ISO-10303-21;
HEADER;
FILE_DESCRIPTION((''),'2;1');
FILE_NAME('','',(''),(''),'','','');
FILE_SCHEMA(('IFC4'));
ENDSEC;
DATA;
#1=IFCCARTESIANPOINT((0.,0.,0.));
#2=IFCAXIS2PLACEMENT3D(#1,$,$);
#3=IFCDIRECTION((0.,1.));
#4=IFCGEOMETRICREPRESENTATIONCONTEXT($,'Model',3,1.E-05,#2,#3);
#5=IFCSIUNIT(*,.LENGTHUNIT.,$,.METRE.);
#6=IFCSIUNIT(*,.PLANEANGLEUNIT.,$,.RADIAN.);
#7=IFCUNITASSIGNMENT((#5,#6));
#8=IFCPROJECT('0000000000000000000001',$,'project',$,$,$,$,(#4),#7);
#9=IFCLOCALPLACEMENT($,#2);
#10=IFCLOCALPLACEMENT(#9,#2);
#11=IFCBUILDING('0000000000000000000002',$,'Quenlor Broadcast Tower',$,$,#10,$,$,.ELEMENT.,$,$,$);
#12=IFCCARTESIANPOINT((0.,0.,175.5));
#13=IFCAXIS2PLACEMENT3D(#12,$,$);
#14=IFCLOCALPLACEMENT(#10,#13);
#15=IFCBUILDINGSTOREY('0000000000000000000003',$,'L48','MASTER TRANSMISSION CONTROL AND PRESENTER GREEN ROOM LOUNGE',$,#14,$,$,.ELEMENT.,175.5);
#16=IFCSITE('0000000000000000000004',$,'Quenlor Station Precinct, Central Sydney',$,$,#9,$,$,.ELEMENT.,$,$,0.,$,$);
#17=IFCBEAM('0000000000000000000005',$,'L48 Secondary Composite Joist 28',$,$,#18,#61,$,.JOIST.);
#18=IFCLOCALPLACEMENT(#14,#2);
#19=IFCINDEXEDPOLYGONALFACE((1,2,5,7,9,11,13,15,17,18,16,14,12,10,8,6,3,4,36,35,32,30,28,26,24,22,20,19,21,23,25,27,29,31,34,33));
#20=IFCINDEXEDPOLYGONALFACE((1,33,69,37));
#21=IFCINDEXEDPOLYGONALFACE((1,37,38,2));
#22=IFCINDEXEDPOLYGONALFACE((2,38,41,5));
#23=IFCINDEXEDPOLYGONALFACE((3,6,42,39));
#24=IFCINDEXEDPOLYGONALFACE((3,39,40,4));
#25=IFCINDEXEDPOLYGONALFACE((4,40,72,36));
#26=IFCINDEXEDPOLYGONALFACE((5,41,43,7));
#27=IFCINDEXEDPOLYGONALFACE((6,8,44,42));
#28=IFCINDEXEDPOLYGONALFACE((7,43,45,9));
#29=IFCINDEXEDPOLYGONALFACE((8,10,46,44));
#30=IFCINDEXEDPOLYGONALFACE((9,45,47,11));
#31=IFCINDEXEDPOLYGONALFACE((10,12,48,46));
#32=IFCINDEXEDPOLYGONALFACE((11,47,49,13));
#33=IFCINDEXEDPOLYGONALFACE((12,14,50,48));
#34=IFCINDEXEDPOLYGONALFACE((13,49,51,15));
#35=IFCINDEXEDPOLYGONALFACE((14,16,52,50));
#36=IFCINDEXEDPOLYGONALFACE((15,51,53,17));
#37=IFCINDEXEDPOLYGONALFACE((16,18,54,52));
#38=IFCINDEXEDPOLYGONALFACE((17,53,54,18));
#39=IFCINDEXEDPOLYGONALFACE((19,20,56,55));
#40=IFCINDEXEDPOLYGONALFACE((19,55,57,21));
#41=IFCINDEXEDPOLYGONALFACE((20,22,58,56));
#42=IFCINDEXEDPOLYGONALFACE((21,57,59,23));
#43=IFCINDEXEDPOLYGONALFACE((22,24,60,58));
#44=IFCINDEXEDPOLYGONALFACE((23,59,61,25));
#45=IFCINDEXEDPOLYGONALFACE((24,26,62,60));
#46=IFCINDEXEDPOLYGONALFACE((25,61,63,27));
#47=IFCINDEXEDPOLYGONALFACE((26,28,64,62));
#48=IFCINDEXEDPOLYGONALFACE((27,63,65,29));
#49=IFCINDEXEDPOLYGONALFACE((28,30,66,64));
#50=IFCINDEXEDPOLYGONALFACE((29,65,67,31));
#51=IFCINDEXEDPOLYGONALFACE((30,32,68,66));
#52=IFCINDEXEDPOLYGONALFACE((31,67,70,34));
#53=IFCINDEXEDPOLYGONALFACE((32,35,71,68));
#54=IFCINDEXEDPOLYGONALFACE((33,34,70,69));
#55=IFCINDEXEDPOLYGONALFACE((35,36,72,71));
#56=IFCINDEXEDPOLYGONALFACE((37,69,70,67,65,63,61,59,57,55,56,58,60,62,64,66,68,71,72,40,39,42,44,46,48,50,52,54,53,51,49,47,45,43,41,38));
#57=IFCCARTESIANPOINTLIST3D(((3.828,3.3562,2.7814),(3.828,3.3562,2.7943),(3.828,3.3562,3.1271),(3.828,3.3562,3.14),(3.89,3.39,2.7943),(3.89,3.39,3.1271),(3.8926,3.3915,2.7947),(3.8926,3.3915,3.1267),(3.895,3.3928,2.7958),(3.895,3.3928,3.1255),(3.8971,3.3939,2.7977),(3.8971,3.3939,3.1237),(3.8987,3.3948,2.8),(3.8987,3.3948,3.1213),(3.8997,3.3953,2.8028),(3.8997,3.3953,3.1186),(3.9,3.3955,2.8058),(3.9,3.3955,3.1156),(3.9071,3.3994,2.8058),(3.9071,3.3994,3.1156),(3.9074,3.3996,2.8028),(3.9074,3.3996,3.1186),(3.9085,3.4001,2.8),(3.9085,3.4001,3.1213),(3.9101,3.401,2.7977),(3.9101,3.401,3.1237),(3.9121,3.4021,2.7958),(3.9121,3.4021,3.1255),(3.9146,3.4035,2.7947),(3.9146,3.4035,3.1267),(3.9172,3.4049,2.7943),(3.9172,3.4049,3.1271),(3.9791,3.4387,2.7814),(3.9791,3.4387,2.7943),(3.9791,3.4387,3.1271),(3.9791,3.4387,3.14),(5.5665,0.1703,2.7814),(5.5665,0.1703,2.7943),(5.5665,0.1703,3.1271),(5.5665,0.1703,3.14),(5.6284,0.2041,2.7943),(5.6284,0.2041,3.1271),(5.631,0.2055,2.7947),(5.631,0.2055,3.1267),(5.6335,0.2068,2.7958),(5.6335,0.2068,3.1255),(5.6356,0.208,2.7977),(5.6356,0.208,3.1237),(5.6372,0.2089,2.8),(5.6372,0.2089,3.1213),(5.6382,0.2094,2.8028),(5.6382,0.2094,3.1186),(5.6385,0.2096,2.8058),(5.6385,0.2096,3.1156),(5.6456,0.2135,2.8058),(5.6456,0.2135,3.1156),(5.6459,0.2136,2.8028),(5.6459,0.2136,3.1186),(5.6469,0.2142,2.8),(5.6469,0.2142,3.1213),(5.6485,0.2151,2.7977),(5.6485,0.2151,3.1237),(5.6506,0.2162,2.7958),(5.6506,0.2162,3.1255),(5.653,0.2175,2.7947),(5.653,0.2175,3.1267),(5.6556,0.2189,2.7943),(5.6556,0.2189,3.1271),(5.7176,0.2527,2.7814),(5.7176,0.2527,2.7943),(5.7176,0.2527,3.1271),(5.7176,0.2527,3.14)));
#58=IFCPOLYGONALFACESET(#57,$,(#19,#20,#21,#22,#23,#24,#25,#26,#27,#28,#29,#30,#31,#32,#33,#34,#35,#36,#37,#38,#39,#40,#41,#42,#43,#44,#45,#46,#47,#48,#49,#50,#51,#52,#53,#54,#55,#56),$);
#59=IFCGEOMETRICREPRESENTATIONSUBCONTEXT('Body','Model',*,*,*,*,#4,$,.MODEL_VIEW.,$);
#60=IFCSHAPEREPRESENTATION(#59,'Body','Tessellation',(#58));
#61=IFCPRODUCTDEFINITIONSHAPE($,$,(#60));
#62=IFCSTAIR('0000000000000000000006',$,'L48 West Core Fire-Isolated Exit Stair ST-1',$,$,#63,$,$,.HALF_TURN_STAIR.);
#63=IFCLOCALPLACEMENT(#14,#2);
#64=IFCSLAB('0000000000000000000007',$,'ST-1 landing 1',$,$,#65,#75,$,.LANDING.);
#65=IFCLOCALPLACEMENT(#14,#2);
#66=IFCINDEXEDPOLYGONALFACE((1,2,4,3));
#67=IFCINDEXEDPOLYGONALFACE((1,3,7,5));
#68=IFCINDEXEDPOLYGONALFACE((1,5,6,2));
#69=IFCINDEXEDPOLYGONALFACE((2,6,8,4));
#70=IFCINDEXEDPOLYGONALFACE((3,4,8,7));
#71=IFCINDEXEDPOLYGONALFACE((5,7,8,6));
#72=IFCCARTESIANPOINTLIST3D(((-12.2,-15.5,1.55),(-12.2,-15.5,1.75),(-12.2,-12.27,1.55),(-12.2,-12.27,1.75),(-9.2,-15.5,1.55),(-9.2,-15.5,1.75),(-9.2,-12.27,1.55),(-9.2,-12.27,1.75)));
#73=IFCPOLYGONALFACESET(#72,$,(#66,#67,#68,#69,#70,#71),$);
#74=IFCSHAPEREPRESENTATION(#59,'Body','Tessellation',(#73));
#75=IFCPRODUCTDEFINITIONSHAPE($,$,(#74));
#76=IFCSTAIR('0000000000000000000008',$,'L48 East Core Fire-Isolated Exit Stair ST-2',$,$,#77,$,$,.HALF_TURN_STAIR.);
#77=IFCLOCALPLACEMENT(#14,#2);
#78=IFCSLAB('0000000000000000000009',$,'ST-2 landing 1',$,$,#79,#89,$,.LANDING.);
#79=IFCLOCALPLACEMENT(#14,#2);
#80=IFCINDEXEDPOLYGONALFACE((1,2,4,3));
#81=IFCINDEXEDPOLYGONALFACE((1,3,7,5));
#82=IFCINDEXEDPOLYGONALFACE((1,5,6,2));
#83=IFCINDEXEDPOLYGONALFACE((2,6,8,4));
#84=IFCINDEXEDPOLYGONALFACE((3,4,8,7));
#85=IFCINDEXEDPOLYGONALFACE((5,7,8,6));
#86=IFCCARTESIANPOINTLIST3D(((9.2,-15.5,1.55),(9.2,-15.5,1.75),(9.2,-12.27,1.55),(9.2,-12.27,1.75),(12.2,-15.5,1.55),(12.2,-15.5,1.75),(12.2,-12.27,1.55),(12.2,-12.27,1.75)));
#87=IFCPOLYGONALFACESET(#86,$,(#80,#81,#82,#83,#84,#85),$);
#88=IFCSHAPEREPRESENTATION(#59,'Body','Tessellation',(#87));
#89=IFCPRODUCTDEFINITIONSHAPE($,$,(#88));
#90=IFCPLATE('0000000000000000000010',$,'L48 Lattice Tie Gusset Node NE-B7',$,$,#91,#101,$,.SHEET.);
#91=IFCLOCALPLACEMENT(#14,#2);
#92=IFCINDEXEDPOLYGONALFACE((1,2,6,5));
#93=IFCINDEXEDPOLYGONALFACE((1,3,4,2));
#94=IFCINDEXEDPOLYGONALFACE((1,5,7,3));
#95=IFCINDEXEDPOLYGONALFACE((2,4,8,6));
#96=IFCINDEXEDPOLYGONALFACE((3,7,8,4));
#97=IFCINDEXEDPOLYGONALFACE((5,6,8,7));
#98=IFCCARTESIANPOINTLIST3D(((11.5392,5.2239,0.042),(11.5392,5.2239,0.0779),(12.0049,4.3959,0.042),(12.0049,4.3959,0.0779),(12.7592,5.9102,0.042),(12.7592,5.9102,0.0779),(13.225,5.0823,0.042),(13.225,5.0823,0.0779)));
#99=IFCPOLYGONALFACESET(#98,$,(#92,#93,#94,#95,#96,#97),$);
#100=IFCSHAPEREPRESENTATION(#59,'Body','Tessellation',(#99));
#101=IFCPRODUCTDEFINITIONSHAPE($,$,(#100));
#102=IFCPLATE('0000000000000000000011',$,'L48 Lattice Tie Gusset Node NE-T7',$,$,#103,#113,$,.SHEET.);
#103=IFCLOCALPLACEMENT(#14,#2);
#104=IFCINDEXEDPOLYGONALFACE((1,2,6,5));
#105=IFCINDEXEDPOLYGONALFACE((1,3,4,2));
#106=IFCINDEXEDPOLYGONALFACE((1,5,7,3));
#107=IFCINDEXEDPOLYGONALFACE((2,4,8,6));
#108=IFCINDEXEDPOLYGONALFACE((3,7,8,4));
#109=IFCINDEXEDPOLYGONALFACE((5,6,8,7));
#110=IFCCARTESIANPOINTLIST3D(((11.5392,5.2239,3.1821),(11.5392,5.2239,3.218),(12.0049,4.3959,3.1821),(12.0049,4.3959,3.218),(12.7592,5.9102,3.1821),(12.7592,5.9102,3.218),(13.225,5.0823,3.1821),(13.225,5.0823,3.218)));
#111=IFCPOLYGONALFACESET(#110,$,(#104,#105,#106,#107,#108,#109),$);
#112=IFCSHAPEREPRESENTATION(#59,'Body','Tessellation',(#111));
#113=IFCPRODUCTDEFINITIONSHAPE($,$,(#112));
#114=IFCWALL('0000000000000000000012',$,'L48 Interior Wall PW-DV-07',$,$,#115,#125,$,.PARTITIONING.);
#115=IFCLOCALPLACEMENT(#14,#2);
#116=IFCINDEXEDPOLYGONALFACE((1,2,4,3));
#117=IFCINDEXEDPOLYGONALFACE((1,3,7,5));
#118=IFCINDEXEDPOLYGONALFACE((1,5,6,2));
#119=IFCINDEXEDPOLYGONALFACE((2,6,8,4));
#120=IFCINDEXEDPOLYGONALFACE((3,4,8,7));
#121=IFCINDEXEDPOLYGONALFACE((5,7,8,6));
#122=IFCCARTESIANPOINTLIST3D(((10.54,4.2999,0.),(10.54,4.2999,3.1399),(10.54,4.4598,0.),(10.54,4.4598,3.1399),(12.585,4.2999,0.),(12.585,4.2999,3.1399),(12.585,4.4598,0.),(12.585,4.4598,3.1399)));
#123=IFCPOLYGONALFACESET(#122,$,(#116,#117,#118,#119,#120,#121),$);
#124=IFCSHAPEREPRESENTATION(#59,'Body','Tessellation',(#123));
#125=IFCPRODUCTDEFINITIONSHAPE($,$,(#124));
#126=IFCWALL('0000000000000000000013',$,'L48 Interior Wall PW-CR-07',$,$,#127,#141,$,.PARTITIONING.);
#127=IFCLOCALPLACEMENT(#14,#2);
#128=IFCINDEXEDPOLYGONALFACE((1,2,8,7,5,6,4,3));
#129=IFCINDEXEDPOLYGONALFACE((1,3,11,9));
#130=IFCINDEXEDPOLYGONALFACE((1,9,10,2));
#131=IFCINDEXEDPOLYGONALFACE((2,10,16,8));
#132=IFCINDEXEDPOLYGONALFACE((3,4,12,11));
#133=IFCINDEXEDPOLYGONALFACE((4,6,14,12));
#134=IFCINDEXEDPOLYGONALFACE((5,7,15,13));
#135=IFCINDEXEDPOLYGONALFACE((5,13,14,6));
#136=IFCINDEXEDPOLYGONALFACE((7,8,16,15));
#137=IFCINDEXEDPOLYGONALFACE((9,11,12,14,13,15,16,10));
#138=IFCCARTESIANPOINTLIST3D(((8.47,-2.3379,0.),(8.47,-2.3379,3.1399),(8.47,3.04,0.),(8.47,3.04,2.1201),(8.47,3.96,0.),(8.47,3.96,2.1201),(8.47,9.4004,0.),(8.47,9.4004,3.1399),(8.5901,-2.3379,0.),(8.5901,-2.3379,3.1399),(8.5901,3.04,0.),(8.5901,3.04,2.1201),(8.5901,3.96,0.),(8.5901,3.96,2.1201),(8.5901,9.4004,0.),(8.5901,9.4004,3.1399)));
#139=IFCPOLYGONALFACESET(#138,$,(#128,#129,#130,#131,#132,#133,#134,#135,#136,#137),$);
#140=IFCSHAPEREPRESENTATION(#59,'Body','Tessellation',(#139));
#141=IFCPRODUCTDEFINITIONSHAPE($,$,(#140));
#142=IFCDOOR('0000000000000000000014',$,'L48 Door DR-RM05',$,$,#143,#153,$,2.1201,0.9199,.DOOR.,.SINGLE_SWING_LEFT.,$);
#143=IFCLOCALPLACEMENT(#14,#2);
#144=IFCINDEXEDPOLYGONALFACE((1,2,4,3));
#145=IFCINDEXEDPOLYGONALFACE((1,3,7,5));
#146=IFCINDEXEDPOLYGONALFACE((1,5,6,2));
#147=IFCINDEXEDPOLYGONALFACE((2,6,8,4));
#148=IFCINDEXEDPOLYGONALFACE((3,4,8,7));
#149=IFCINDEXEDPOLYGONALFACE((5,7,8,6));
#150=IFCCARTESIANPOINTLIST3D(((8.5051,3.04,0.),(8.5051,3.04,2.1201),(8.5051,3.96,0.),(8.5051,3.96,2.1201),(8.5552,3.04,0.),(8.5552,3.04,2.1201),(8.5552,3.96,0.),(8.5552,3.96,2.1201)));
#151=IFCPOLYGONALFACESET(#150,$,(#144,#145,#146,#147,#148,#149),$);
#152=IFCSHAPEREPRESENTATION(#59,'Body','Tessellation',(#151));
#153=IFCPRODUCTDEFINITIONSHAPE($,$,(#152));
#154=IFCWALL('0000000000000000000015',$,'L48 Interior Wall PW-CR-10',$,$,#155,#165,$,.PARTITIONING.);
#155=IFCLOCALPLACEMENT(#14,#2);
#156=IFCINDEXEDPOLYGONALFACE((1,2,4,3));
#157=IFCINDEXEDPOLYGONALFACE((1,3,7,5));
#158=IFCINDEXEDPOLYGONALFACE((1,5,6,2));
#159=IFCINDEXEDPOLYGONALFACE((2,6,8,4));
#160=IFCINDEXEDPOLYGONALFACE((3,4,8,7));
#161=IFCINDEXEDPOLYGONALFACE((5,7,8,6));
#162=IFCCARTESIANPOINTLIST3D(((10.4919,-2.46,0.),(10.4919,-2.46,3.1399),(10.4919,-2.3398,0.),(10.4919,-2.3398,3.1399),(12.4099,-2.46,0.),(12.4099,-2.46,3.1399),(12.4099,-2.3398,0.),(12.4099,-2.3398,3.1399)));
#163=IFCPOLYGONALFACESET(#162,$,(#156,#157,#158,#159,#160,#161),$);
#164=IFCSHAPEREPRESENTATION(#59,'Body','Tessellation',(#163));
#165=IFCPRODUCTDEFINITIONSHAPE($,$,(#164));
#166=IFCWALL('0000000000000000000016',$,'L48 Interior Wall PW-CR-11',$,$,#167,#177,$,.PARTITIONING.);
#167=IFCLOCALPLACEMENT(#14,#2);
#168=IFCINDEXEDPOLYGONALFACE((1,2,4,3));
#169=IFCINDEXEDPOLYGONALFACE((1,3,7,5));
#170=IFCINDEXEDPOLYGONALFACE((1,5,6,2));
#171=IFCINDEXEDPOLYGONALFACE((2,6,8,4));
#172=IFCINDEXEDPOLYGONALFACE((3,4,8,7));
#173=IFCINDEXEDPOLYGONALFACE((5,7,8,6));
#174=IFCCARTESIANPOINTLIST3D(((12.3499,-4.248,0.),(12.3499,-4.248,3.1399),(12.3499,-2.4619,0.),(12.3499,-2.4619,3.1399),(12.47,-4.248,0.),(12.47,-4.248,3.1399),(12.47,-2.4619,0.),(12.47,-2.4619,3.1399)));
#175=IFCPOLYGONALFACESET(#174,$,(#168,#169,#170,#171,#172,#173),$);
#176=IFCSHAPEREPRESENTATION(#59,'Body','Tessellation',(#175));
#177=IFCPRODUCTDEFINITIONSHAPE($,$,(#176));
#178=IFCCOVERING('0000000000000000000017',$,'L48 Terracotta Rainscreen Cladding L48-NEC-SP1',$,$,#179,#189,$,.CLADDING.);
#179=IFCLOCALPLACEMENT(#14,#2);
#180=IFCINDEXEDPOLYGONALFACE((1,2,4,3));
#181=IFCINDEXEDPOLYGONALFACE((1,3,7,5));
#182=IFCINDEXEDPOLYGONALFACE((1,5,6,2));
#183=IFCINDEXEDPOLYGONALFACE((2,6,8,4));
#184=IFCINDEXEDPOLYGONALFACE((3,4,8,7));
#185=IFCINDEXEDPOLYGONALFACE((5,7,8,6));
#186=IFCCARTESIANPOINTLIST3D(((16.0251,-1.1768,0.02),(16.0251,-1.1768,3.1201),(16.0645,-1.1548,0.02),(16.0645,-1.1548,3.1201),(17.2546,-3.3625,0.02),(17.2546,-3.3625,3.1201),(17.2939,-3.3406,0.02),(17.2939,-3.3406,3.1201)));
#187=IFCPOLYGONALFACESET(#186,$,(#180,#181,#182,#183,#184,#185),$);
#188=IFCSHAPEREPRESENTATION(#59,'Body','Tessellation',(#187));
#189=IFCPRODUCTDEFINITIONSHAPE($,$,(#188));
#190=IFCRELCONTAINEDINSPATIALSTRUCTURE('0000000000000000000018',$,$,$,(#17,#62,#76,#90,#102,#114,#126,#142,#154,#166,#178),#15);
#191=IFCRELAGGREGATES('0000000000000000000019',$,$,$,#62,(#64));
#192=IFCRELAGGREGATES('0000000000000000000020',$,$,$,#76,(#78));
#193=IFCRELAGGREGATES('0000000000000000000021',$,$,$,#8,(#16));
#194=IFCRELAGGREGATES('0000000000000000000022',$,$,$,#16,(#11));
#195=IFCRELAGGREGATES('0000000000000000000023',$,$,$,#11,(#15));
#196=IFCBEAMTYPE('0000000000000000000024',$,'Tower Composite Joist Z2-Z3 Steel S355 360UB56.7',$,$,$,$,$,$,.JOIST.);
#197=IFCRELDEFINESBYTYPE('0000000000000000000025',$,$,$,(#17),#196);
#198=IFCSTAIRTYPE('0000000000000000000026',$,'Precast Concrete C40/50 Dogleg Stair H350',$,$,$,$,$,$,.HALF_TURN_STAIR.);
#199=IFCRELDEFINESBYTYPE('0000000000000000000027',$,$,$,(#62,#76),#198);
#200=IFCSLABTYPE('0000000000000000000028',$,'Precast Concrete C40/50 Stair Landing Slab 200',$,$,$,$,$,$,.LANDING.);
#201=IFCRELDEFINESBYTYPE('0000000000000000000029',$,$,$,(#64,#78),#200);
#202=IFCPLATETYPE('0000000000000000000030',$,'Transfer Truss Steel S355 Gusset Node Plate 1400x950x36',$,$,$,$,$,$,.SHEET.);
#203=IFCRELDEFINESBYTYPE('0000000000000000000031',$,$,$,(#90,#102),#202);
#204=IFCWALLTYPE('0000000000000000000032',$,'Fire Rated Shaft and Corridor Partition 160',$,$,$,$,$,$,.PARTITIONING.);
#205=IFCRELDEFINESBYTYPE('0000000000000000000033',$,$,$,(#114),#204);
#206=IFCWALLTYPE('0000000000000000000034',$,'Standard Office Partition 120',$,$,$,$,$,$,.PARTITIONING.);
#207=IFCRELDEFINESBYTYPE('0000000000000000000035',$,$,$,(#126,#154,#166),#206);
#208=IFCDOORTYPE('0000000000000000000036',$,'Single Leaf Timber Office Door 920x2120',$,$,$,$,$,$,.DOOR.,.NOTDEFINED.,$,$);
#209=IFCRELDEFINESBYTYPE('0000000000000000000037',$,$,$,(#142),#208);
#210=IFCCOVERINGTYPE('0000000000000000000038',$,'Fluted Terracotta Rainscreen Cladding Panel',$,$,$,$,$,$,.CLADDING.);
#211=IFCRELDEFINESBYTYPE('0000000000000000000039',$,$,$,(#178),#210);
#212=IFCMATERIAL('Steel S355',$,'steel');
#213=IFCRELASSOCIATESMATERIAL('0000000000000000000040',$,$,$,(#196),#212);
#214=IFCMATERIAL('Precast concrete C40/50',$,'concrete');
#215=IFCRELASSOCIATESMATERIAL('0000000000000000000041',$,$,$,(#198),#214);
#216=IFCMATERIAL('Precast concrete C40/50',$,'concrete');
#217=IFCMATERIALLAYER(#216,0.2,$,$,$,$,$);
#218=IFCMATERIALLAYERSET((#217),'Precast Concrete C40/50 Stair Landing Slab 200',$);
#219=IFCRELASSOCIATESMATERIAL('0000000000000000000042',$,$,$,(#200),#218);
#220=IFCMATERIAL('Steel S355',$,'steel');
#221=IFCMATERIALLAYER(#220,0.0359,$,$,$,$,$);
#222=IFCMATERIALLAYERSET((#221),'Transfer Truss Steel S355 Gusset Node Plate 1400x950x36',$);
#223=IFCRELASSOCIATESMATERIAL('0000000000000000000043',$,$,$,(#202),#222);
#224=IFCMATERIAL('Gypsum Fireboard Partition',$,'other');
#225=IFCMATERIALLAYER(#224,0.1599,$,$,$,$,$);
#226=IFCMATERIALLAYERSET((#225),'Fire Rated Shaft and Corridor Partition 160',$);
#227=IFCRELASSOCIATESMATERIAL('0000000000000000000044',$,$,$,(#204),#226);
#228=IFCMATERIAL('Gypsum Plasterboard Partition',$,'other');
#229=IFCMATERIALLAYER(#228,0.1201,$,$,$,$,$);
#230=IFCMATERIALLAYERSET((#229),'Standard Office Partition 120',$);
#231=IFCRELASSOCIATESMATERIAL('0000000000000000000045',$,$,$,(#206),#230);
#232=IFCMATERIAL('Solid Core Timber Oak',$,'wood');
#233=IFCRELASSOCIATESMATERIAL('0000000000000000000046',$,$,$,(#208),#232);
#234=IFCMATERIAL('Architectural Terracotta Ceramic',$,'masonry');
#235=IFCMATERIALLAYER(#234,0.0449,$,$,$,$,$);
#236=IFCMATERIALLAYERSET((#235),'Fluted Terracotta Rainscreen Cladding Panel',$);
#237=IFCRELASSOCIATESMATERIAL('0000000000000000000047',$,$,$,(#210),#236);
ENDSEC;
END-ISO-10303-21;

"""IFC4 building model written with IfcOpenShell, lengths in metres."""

from ifc_helpers import new_model, si_unit, direction, frame, frame_2d, origin, origin_2d, place, context, subcontext, project, spatial, polyline, rectangle, i_section, outline, extrude, material, layer, layer_set, material_profile, profile_set, type_object, element, fill, aggregate, save


model = new_model("IFC4")

# Units and contexts
model_context = context("Model", 3, precision=1e-05, world=origin(), true_north=direction((0.0, 1.0)))
body_context = subcontext(model_context, "Body", "Model", "MODEL_VIEW")
ifc_project = project(units=[si_unit("LENGTHUNIT", "METRE"), si_unit("PLANEANGLEUNIT", "RADIAN")], contexts=[model_context])

# Site, building, storey
site_placement = place(None, origin())
site = spatial("IfcSite", under=ifc_project, at=site_placement, Name="Quenlor Station Precinct, Central Sydney", CompositionType="ELEMENT", RefElevation=0.0)
building_placement = place(site_placement, origin())
building = spatial("IfcBuilding", under=site, at=building_placement, Name="Quenlor Broadcast Tower", CompositionType="ELEMENT")
storey_placement = place(building_placement, frame((0.0, 0.0, 175.5)))
storey = spatial("IfcBuildingStorey", under=building, at=storey_placement, Name="L48", Description="MASTER TRANSMISSION CONTROL AND PRESENTER GREEN ROOM LOUNGE", CompositionType="ELEMENT", Elevation=175.5)

# Beam
ifc_material_1 = material(Name="Steel S355", Category="steel")
ifc_material_profile = material_profile(ifc_material_1, i_section(OverallWidth=0.1721, OverallDepth=0.3586, WebThickness=0.0081, FlangeThickness=0.0129, FilletRadius=0.0115, at=origin_2d()))
ifc_profile_set = profile_set([ifc_material_profile], Name="Steel S355 360UB56.7")
beam_type = type_object("IfcBeamType", Name="Tower Composite Joist Z2-Z3 Steel S355 360UB56.7", PredefinedType="JOIST", material=ifc_profile_set)
beam_placement = place(storey_placement, frame((3.9036, 3.3975, 2.9607), z_axis=(0.478998, -0.877816, 0.0), x_axis=(0.877816, 0.478998, 0.0)))
element("IfcBeam", 1, at=beam_placement, inside=storey, type_object=beam_type, Name="L48 Secondary Composite Joist 28", PredefinedType="JOIST", context=body_context, shape_type="SweptSolid", body=[
    extrude(i_section(OverallWidth=0.1721, OverallDepth=0.3586, WebThickness=0.0081, FlangeThickness=0.0129, FilletRadius=0.0115, at=origin_2d()), origin(), (0.0, 0.0, 1.0), 3.6294),
])

# Stairs, slabs
ifc_material_2 = material(Name="Precast concrete C40/50", Category="concrete")
stair_type = type_object("IfcStairType", Name="Precast Concrete C40/50 Dogleg Stair H350", PredefinedType="HALF_TURN_STAIR", material=ifc_material_2)
stair_1_placement = place(storey_placement, origin())
stair_1 = element("IfcStair", 2, at=stair_1_placement, inside=storey, type_object=stair_type, Name="L48 West Core Fire-Isolated Exit Stair ST-1", PredefinedType="HALF_TURN_STAIR")
ifc_material_3 = material(Name="Precast concrete C40/50", Category="concrete")
ifc_layer_1 = layer(ifc_material_3, 0.2)
ifc_layer_set_1 = layer_set([ifc_layer_1], Name="Precast Concrete C40/50 Stair Landing Slab 200")
slab_type = type_object("IfcSlabType", Name="Precast Concrete C40/50 Stair Landing Slab 200", PredefinedType="LANDING", material=ifc_layer_set_1)
slab_1_placement = place(storey_placement, frame((0.0, 0.0, 1.55)))
slab_1 = element("IfcSlab", 3, at=slab_1_placement, type_object=slab_type, Name="ST-1 landing 1", PredefinedType="LANDING", context=body_context, shape_type="SweptSolid", body=[
    extrude(outline(polyline([(-12.2, -12.27), (-12.2, -15.5), (-9.2, -15.5), (-9.2, -12.27), (-12.2, -12.27)])), origin(), (0.0, 0.0, 1.0), 0.2),
])
aggregate(stair_1, [slab_1])
stair_2_placement = place(storey_placement, origin())
stair_2 = element("IfcStair", 4, at=stair_2_placement, inside=storey, type_object=stair_type, Name="L48 East Core Fire-Isolated Exit Stair ST-2", PredefinedType="HALF_TURN_STAIR")
slab_2_placement = place(storey_placement, frame((0.0, 0.0, 1.55)))
slab_2 = element("IfcSlab", 5, at=slab_2_placement, type_object=slab_type, Name="ST-2 landing 1", PredefinedType="LANDING", context=body_context, shape_type="SweptSolid", body=[
    extrude(outline(polyline([(9.2, -12.27), (9.2, -15.5), (12.2, -15.5), (12.2, -12.27), (9.2, -12.27)])), origin(), (0.0, 0.0, 1.0), 0.2),
])
aggregate(stair_2, [slab_2])

# Plates
ifc_material_4 = material(Name="Steel S355", Category="steel")
ifc_layer_2 = layer(ifc_material_4, 0.0359)
ifc_layer_set_2 = layer_set([ifc_layer_2], Name="Transfer Truss Steel S355 Gusset Node Plate 1400x950x36")
plate_type = type_object("IfcPlateType", Name="Transfer Truss Steel S355 Gusset Node Plate 1400x950x36", PredefinedType="SHEET", material=ifc_layer_set_2)
for number, where, z_axis, x_axis, name in (
    (6, (12.3821, 5.1531, 0.042), (0.0, 0.0, 1.0), (0.871556, 0.490295, 0.0), "L48 Lattice Tie Gusset Node NE-B7"),
    (7, (12.3821, 5.1531, 3.1821), (0.0, 0.0, 1.0), (0.871556, 0.490295, 0.0), "L48 Lattice Tie Gusset Node NE-T7"),
):
    element("IfcPlate", number, at=place(storey_placement, frame(where, z_axis=z_axis, x_axis=x_axis)), inside=storey, type_object=plate_type, Name=name, PredefinedType="SHEET", context=body_context, shape_type="SweptSolid", body=[
        extrude(rectangle(XDim=1.3999, YDim=0.95, at=origin_2d()), origin(), (0.0, 0.0, 1.0), 0.0359),
    ])

# Wall
ifc_material_5 = material(Name="Gypsum Fireboard Partition", Category="other")
ifc_layer_3 = layer(ifc_material_5, 0.1599)
ifc_layer_set_3 = layer_set([ifc_layer_3], Name="Fire Rated Shaft and Corridor Partition 160")
wall_type_1 = type_object("IfcWallType", Name="Fire Rated Shaft and Corridor Partition 160", PredefinedType="PARTITIONING", material=ifc_layer_set_3)
wall_1_placement = place(storey_placement, frame((12.585, 4.3799, 0.0), z_axis=(0.0, 0.0, 1.0), x_axis=(-1.0, 0.0, 0.0)))
element("IfcWall", 8, at=wall_1_placement, inside=storey, type_object=wall_type_1, Name="L48 Interior Wall PW-DV-07", PredefinedType="PARTITIONING", context=body_context, shape_type="SweptSolid", body=[
    extrude(rectangle(XDim=2.0449, YDim=0.1599, at=frame_2d((1.0225, 0.0))), origin(), (0.0, 0.0, 1.0), 3.1399),
])

# Wall, opening, door
ifc_material_6 = material(Name="Gypsum Plasterboard Partition", Category="other")
ifc_layer_4 = layer(ifc_material_6, 0.1201)
ifc_layer_set_4 = layer_set([ifc_layer_4], Name="Standard Office Partition 120")
wall_type_2 = type_object("IfcWallType", Name="Standard Office Partition 120", PredefinedType="PARTITIONING", material=ifc_layer_set_4)
wall_2_placement = place(storey_placement, frame((8.53, -2.3379, 0.0), z_axis=(0.0, 0.0, 1.0), x_axis=(0.0, 1.0, 0.0)))
wall_2 = element("IfcWall", 9, at=wall_2_placement, inside=storey, type_object=wall_type_2, Name="L48 Interior Wall PW-CR-07", PredefinedType="PARTITIONING", context=body_context, shape_type="SweptSolid", body=[
    extrude(rectangle(XDim=11.7383, YDim=0.1201, at=frame_2d((5.8691, 0.0))), origin(), (0.0, 0.0, 1.0), 3.1399),
])
opening_placement = place(wall_2_placement, frame((5.3779, 0.0, 0.0)))
opening = element("IfcOpeningElement", 10, at=opening_placement, cuts=wall_2, PredefinedType="OPENING", context=body_context, shape_type="SweptSolid", body=[
    extrude(rectangle(XDim=0.9199, YDim=2.1201, at=frame_2d((0.46, 1.0601))), frame((0.0, 0.0701, 0.0), z_axis=(0.0, -1.0, 0.0), x_axis=(1.0, 0.0, 0.0)), (0.0, 0.0, 1.0), 0.1401),
])
ifc_material_7 = material(Name="Solid Core Timber Oak", Category="wood")
door_type = type_object("IfcDoorType", Name="Single Leaf Timber Office Door 920x2120", OperationType="NOTDEFINED", PredefinedType="DOOR", material=ifc_material_7)
door_placement = place(opening_placement, origin())
door = element("IfcDoor", 11, at=door_placement, inside=storey, type_object=door_type, Name="L48 Door DR-RM05", OperationType="SINGLE_SWING_LEFT", OverallHeight=2.1201, OverallWidth=0.9199, PredefinedType="DOOR", context=body_context, shape_type="SweptSolid", body=[
    extrude(rectangle(XDim=0.9199, YDim=2.1201, at=frame_2d((0.46, 1.0601))), frame((0.0, 0.0249, 0.0), z_axis=(0.0, -1.0, 0.0), x_axis=(1.0, 0.0, 0.0)), (0.0, 0.0, 1.0), 0.05),
])
fill(opening, door)

# Walls
wall_3_placement = place(storey_placement, frame((10.4919, -2.3999, 0.0), z_axis=(0.0, 0.0, 1.0), x_axis=(1.0, 0.0, 0.0)))
element("IfcWall", 12, at=wall_3_placement, inside=storey, type_object=wall_type_2, Name="L48 Interior Wall PW-CR-10", PredefinedType="PARTITIONING", context=body_context, shape_type="SweptSolid", body=[
    extrude(rectangle(XDim=1.918, YDim=0.1201, at=frame_2d((0.959, 0.0))), origin(), (0.0, 0.0, 1.0), 3.1399),
])
wall_4_placement = place(storey_placement, frame((12.4099, -2.4619, 0.0), z_axis=(0.0, 0.0, 1.0), x_axis=(0.0, -1.0, 0.0)))
element("IfcWall", 13, at=wall_4_placement, inside=storey, type_object=wall_type_2, Name="L48 Interior Wall PW-CR-11", PredefinedType="PARTITIONING", context=body_context, shape_type="SweptSolid", body=[
    extrude(rectangle(XDim=1.7861, YDim=0.1201, at=frame_2d((0.8931, 0.0))), origin(), (0.0, 0.0, 1.0), 3.1399),
])

# Covering
ifc_material_8 = material(Name="Architectural Terracotta Ceramic", Category="masonry")
ifc_layer_5 = layer(ifc_material_8, 0.0449)
ifc_layer_set_5 = layer_set([ifc_layer_5], Name="Fluted Terracotta Rainscreen Cladding Panel")
covering_type = type_object("IfcCoveringType", Name="Fluted Terracotta Rainscreen Cladding Panel", PredefinedType="CLADDING", material=ifc_layer_set_5)
covering_1_placement = place(storey_placement, frame((0.0, 0.0, 0.02)))
element("IfcCovering", 14, at=covering_1_placement, inside=storey, type_object=covering_type, Name="L48 Terracotta Rainscreen Cladding L48-NEC-SP1", PredefinedType="CLADDING", context=body_context, shape_type="SweptSolid", body=[
    extrude(outline(polyline([(16.0251, -1.1768), (17.2546, -3.3625), (17.2939, -3.3406), (16.0645, -1.1548), (16.0251, -1.1768)])), origin(), (0.0, 0.0, 1.0), 3.1001),
])

save(model, "model.ifc")
